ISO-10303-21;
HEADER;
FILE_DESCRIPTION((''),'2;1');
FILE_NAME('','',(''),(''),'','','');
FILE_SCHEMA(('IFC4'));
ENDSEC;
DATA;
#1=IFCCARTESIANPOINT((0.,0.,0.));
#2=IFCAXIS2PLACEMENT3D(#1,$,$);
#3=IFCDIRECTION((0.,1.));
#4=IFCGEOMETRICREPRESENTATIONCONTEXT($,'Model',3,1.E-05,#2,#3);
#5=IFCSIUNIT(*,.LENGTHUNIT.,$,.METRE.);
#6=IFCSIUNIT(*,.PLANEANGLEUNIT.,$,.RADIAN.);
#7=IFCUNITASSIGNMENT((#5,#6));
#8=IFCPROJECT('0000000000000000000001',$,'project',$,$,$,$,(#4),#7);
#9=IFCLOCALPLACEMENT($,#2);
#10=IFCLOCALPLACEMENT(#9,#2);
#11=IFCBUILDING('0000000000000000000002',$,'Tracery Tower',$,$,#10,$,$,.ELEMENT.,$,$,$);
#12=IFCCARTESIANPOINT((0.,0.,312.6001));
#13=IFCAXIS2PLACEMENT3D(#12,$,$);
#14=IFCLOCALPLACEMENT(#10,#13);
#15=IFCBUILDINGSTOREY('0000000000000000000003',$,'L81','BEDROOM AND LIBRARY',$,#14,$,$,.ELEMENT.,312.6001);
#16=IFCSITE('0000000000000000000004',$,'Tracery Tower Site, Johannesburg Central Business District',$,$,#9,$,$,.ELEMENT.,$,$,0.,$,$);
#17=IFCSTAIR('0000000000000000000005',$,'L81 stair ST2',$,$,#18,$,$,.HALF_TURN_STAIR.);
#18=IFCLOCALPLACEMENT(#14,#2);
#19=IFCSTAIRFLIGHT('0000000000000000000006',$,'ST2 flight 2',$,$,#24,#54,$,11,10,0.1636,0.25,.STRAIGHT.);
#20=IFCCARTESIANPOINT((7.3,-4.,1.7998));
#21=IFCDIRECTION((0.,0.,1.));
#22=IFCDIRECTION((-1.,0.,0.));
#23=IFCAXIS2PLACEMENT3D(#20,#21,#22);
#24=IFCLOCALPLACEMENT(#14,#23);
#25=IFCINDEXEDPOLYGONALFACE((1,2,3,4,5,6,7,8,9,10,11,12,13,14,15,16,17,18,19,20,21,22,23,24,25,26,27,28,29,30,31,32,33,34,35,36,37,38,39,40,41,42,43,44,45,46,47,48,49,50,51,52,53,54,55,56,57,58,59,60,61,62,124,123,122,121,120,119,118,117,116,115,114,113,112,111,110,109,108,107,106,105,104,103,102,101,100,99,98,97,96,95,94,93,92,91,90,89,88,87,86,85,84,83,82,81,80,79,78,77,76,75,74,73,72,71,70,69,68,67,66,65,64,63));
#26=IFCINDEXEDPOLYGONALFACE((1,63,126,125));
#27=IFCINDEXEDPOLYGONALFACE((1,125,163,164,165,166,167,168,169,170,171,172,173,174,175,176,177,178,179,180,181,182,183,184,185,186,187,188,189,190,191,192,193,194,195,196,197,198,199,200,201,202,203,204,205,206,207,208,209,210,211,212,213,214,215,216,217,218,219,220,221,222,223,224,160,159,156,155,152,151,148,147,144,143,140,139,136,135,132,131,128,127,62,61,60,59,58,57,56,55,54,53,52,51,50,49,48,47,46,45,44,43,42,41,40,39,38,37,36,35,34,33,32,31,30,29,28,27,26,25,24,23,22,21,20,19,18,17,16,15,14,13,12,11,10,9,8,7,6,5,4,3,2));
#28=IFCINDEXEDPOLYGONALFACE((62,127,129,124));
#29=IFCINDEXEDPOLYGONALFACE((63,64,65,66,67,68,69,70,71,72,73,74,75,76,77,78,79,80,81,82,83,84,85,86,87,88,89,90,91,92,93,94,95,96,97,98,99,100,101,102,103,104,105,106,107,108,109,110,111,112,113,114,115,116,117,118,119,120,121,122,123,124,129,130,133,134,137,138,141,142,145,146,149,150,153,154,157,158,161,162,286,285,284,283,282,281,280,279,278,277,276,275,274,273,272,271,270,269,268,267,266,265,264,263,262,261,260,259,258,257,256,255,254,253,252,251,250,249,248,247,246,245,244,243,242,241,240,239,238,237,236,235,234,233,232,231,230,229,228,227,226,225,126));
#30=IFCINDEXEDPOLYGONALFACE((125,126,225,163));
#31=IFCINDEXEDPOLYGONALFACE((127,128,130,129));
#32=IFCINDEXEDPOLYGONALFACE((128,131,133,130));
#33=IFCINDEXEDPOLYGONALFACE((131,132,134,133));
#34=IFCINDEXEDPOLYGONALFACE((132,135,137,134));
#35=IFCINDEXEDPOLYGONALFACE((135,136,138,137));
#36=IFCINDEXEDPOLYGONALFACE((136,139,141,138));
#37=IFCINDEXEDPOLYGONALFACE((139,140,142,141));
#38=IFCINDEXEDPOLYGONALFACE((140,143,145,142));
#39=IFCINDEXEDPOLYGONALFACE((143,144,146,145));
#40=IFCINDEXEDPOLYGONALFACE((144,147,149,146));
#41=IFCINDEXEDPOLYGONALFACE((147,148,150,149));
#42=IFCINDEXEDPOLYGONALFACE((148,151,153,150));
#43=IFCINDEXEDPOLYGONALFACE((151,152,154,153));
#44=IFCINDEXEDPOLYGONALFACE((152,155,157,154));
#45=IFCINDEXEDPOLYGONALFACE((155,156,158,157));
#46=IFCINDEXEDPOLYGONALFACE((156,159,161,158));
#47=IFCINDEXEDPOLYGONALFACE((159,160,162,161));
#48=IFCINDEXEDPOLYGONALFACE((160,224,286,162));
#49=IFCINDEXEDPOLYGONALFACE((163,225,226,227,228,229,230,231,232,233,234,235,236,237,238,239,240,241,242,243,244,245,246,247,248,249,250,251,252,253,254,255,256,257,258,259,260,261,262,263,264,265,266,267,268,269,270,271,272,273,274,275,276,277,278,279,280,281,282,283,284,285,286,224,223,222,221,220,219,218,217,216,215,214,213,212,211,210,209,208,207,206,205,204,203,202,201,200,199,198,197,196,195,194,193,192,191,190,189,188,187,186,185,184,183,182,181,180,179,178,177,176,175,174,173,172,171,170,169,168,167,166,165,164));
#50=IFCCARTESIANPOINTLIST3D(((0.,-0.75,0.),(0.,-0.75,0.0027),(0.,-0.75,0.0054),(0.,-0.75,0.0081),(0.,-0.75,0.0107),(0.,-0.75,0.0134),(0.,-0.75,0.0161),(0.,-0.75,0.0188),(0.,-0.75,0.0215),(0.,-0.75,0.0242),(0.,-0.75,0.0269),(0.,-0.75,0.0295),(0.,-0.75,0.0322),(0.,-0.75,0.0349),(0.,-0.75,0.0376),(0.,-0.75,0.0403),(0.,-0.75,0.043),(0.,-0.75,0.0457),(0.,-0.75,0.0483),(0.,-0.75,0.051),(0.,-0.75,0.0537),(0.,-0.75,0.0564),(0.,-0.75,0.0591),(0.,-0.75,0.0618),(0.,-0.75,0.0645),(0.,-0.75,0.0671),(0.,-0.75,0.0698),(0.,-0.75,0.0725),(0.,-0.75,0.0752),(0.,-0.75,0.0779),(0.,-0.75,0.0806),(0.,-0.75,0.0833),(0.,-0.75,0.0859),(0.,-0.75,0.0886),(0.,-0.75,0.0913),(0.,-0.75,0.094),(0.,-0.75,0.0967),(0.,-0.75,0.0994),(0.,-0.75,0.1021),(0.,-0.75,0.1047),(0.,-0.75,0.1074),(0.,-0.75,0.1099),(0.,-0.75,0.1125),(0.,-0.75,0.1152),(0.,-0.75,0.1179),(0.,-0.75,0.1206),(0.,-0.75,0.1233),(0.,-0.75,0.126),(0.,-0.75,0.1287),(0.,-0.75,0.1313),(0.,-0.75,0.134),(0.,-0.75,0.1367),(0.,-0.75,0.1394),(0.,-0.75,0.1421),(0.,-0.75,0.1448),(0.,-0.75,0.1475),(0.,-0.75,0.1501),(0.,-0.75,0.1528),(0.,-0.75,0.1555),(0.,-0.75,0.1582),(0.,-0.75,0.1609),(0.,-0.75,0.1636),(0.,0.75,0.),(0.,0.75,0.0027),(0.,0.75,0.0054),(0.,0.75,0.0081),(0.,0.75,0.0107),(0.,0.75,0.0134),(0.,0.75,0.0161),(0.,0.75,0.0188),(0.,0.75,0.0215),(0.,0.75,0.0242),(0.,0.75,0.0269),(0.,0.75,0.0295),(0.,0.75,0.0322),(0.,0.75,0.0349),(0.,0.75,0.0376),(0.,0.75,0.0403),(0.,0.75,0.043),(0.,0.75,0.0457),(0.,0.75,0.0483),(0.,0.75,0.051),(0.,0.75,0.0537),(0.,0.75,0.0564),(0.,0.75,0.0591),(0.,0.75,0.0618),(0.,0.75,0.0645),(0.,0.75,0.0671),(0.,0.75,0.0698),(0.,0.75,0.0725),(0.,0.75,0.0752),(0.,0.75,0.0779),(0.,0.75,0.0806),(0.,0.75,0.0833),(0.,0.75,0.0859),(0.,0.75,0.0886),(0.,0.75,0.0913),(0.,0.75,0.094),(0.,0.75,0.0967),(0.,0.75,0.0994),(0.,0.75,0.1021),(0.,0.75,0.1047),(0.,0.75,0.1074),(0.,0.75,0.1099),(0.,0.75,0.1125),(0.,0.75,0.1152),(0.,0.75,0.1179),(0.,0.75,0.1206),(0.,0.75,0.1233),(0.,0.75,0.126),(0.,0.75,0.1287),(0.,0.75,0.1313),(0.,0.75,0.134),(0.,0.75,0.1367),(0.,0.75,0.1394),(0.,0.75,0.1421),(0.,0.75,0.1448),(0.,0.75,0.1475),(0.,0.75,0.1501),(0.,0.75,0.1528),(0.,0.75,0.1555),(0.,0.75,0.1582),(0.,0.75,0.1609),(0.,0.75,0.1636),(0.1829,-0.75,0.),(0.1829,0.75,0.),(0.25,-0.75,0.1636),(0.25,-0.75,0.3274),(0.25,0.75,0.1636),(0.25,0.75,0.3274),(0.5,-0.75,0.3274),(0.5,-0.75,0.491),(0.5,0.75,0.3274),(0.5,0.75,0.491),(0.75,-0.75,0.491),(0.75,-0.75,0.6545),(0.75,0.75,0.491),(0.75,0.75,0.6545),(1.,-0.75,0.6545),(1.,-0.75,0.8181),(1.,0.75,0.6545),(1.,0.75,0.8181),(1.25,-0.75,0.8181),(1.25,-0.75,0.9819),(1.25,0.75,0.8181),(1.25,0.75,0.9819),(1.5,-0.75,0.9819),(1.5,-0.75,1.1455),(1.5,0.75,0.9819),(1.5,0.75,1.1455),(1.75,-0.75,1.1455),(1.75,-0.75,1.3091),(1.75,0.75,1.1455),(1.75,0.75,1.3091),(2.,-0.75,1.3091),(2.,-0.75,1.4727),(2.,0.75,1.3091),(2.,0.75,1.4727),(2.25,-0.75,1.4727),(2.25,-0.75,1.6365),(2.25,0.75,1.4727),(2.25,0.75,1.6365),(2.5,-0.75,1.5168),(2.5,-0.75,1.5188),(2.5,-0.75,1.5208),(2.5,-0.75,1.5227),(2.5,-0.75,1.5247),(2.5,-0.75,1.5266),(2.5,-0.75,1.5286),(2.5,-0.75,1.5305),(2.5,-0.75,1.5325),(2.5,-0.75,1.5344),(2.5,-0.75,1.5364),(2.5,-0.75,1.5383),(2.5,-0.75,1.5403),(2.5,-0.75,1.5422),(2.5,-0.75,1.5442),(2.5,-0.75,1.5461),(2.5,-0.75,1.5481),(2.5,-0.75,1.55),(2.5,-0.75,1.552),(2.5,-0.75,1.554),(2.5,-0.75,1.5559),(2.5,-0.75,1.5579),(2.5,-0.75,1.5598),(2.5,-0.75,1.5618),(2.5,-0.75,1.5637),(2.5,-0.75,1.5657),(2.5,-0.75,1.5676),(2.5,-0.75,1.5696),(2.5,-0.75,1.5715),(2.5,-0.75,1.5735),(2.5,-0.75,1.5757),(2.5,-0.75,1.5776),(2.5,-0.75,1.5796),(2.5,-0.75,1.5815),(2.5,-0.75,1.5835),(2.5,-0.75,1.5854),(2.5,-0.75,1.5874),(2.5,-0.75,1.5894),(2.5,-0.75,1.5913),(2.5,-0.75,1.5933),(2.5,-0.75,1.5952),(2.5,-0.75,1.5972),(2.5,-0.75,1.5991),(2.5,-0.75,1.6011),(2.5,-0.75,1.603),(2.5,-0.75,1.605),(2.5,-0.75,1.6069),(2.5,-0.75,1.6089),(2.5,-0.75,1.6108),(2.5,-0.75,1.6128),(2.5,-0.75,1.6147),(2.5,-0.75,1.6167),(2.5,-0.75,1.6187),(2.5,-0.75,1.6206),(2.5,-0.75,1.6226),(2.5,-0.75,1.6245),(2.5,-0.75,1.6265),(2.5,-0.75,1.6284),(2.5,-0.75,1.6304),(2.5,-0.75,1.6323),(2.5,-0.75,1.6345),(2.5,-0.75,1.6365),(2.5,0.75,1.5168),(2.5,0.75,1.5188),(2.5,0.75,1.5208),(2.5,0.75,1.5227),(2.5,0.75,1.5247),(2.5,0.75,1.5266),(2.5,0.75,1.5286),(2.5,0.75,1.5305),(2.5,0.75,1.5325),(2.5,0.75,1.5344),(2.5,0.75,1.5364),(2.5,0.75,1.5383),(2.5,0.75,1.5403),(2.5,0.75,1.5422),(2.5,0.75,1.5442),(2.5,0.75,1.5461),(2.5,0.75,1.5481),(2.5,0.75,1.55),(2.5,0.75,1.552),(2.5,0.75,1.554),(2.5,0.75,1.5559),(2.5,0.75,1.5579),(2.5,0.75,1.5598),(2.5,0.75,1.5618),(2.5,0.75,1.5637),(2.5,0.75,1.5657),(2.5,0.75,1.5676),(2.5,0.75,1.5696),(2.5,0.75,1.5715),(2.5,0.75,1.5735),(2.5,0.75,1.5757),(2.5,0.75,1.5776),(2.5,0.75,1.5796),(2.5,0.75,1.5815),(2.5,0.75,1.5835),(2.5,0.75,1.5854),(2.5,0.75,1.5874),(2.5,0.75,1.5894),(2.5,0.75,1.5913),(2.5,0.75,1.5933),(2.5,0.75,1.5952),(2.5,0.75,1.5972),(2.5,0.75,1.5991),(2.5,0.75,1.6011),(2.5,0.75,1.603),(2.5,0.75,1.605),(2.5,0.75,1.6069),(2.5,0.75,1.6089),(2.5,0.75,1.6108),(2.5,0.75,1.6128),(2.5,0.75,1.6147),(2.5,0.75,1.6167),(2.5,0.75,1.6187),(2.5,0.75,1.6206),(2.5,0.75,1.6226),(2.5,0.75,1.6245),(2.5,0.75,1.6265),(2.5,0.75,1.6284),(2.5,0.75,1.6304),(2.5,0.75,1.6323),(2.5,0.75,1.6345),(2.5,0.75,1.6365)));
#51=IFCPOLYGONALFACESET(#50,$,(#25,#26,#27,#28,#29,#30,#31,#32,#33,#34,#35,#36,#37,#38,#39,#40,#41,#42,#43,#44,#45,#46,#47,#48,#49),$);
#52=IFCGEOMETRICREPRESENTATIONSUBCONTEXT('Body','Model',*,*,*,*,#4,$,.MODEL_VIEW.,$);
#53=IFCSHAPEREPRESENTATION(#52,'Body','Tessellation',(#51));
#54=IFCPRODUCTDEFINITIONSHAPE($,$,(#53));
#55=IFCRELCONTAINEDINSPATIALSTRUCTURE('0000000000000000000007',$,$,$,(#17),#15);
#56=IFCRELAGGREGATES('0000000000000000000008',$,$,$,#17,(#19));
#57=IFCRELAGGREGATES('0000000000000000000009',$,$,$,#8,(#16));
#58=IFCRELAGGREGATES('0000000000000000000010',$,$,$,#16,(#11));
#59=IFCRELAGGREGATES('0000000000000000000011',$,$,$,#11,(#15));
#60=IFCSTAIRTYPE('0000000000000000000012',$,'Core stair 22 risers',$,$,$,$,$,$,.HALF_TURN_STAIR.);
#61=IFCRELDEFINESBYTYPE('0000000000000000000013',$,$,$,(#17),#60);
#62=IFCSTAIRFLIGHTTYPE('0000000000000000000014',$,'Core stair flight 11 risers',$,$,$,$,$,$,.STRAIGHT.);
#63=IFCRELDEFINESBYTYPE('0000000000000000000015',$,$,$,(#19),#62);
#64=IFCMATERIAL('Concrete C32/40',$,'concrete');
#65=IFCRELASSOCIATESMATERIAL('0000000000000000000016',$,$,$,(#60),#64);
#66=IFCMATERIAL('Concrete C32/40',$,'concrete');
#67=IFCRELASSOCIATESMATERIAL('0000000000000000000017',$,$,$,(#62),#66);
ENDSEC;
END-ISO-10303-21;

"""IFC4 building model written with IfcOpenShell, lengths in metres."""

from ifc_helpers import new_model, si_unit, direction, frame, origin, place, context, subcontext, project, spatial, polyline, outline, extrude, material, type_object, element, aggregate, save


model = new_model("IFC4")

# Units and contexts
model_context = context("Model", 3, precision=1e-05, world=origin(), true_north=direction((0.0, 1.0)))
body_context = subcontext(model_context, "Body", "Model", "MODEL_VIEW")
ifc_project = project(units=[si_unit("LENGTHUNIT", "METRE"), si_unit("PLANEANGLEUNIT", "RADIAN")], contexts=[model_context])

# Site, building, storey
site_placement = place(None, origin())
site = spatial("IfcSite", under=ifc_project, at=site_placement, Name="Tracery Tower Site, Johannesburg Central Business District", CompositionType="ELEMENT", RefElevation=0.0)
building_placement = place(site_placement, origin())
building = spatial("IfcBuilding", under=site, at=building_placement, Name="Tracery Tower", CompositionType="ELEMENT")
storey_placement = place(building_placement, frame((0.0, 0.0, 312.6001)))
storey = spatial("IfcBuildingStorey", under=building, at=storey_placement, Name="L81", Description="BEDROOM AND LIBRARY", CompositionType="ELEMENT", Elevation=312.6001)

# Stair, stair flight
ifc_material_1 = material(Name="Concrete C32/40", Category="concrete")
stair_type = type_object("IfcStairType", Name="Core stair 22 risers", PredefinedType="HALF_TURN_STAIR", material=ifc_material_1)
stair_placement = place(storey_placement, origin())
stair = element("IfcStair", 1, at=stair_placement, inside=storey, type_object=stair_type, Name="L81 stair ST2", PredefinedType="HALF_TURN_STAIR")
ifc_material_2 = material(Name="Concrete C32/40", Category="concrete")
stair_flight_type = type_object("IfcStairFlightType", Name="Core stair flight 11 risers", PredefinedType="STRAIGHT", material=ifc_material_2)
stair_flight_placement = place(storey_placement, frame((7.3, -4.0, 1.7998), z_axis=(0.0, 0.0, 1.0), x_axis=(-1.0, 0.0, 0.0)))
stair_flight = element("IfcStairFlight", 2, at=stair_flight_placement, type_object=stair_flight_type, Name="ST2 flight 2", NumberOfRisers=11, NumberOfTreads=10, PredefinedType="STRAIGHT", RiserHeight=0.1636, TreadLength=0.25, context=body_context, shape_type="SweptSolid", body=[
    extrude(outline(polyline([(0.0, 0.0), (0.0, 0.0027), (0.0, 0.0054), (0.0, 0.0081), (0.0, 0.0107), (0.0, 0.0134), (0.0, 0.0161), (0.0, 0.0188), (0.0, 0.0215), (0.0, 0.0242), (0.0, 0.0269), (0.0, 0.0295), (0.0, 0.0322), (0.0, 0.0349), (0.0, 0.0376), (0.0, 0.0403), (0.0, 0.043), (0.0, 0.0457), (0.0, 0.0483), (0.0, 0.051), (0.0, 0.0537), (0.0, 0.0564), (0.0, 0.0591), (0.0, 0.0618), (0.0, 0.0645), (0.0, 0.0671), (0.0, 0.0698), (0.0, 0.0725), (0.0, 0.0752), (0.0, 0.0779), (0.0, 0.0806), (0.0, 0.0833), (0.0, 0.0859), (0.0, 0.0886), (0.0, 0.0913), (0.0, 0.094), (0.0, 0.0967), (0.0, 0.0994), (0.0, 0.1021), (0.0, 0.1047), (0.0, 0.1074), (0.0, 0.1099), (0.0, 0.1125), (0.0, 0.1152), (0.0, 0.1179), (0.0, 0.1206), (0.0, 0.1233), (0.0, 0.126), (0.0, 0.1287), (0.0, 0.1313), (0.0, 0.134), (0.0, 0.1367), (0.0, 0.1394), (0.0, 0.1421), (0.0, 0.1448), (0.0, 0.1475), (0.0, 0.1501), (0.0, 0.1528), (0.0, 0.1555), (0.0, 0.1582), (0.0, 0.1609), (0.0, 0.1636), (0.25, 0.1636), (0.25, 0.3274), (0.5, 0.3274), (0.5, 0.491), (0.75, 0.491), (0.75, 0.6545), (1.0, 0.6545), (1.0, 0.8181), (1.25, 0.8181), (1.25, 0.9819), (1.5, 0.9819), (1.5, 1.1455), (1.75, 1.1455), (1.75, 1.3091), (2.0, 1.3091), (2.0, 1.4727), (2.25, 1.4727), (2.25, 1.6365), (2.5, 1.6365), (2.5, 1.6345), (2.5, 1.6323), (2.5, 1.6304), (2.5, 1.6284), (2.5, 1.6265), (2.5, 1.6245), (2.5, 1.6226), (2.5, 1.6206), (2.5, 1.6187), (2.5, 1.6167), (2.5, 1.6147), (2.5, 1.6128), (2.5, 1.6108), (2.5, 1.6089), (2.5, 1.6069), (2.5, 1.605), (2.5, 1.603), (2.5, 1.6011), (2.5, 1.5991), (2.5, 1.5972), (2.5, 1.5952), (2.5, 1.5933), (2.5, 1.5913), (2.5, 1.5894), (2.5, 1.5874), (2.5, 1.5854), (2.5, 1.5835), (2.5, 1.5815), (2.5, 1.5796), (2.5, 1.5776), (2.5, 1.5757), (2.5, 1.5735), (2.5, 1.5715), (2.5, 1.5696), (2.5, 1.5676), (2.5, 1.5657), (2.5, 1.5637), (2.5, 1.5618), (2.5, 1.5598), (2.5, 1.5579), (2.5, 1.5559), (2.5, 1.554), (2.5, 1.552), (2.5, 1.55), (2.5, 1.5481), (2.5, 1.5461), (2.5, 1.5442), (2.5, 1.5422), (2.5, 1.5403), (2.5, 1.5383), (2.5, 1.5364), (2.5, 1.5344), (2.5, 1.5325), (2.5, 1.5305), (2.5, 1.5286), (2.5, 1.5266), (2.5, 1.5247), (2.5, 1.5227), (2.5, 1.5208), (2.5, 1.5188), (2.5, 1.5168), (0.1829, 0.0), (0.0, 0.0)])), frame((0.0, 0.75, 0.0), z_axis=(0.0, -1.0, 0.0), x_axis=(1.0, 0.0, 0.0)), (0.0, 0.0, 1.0), 1.5),
])
aggregate(stair, [stair_flight])

save(model, "model.ifc")
